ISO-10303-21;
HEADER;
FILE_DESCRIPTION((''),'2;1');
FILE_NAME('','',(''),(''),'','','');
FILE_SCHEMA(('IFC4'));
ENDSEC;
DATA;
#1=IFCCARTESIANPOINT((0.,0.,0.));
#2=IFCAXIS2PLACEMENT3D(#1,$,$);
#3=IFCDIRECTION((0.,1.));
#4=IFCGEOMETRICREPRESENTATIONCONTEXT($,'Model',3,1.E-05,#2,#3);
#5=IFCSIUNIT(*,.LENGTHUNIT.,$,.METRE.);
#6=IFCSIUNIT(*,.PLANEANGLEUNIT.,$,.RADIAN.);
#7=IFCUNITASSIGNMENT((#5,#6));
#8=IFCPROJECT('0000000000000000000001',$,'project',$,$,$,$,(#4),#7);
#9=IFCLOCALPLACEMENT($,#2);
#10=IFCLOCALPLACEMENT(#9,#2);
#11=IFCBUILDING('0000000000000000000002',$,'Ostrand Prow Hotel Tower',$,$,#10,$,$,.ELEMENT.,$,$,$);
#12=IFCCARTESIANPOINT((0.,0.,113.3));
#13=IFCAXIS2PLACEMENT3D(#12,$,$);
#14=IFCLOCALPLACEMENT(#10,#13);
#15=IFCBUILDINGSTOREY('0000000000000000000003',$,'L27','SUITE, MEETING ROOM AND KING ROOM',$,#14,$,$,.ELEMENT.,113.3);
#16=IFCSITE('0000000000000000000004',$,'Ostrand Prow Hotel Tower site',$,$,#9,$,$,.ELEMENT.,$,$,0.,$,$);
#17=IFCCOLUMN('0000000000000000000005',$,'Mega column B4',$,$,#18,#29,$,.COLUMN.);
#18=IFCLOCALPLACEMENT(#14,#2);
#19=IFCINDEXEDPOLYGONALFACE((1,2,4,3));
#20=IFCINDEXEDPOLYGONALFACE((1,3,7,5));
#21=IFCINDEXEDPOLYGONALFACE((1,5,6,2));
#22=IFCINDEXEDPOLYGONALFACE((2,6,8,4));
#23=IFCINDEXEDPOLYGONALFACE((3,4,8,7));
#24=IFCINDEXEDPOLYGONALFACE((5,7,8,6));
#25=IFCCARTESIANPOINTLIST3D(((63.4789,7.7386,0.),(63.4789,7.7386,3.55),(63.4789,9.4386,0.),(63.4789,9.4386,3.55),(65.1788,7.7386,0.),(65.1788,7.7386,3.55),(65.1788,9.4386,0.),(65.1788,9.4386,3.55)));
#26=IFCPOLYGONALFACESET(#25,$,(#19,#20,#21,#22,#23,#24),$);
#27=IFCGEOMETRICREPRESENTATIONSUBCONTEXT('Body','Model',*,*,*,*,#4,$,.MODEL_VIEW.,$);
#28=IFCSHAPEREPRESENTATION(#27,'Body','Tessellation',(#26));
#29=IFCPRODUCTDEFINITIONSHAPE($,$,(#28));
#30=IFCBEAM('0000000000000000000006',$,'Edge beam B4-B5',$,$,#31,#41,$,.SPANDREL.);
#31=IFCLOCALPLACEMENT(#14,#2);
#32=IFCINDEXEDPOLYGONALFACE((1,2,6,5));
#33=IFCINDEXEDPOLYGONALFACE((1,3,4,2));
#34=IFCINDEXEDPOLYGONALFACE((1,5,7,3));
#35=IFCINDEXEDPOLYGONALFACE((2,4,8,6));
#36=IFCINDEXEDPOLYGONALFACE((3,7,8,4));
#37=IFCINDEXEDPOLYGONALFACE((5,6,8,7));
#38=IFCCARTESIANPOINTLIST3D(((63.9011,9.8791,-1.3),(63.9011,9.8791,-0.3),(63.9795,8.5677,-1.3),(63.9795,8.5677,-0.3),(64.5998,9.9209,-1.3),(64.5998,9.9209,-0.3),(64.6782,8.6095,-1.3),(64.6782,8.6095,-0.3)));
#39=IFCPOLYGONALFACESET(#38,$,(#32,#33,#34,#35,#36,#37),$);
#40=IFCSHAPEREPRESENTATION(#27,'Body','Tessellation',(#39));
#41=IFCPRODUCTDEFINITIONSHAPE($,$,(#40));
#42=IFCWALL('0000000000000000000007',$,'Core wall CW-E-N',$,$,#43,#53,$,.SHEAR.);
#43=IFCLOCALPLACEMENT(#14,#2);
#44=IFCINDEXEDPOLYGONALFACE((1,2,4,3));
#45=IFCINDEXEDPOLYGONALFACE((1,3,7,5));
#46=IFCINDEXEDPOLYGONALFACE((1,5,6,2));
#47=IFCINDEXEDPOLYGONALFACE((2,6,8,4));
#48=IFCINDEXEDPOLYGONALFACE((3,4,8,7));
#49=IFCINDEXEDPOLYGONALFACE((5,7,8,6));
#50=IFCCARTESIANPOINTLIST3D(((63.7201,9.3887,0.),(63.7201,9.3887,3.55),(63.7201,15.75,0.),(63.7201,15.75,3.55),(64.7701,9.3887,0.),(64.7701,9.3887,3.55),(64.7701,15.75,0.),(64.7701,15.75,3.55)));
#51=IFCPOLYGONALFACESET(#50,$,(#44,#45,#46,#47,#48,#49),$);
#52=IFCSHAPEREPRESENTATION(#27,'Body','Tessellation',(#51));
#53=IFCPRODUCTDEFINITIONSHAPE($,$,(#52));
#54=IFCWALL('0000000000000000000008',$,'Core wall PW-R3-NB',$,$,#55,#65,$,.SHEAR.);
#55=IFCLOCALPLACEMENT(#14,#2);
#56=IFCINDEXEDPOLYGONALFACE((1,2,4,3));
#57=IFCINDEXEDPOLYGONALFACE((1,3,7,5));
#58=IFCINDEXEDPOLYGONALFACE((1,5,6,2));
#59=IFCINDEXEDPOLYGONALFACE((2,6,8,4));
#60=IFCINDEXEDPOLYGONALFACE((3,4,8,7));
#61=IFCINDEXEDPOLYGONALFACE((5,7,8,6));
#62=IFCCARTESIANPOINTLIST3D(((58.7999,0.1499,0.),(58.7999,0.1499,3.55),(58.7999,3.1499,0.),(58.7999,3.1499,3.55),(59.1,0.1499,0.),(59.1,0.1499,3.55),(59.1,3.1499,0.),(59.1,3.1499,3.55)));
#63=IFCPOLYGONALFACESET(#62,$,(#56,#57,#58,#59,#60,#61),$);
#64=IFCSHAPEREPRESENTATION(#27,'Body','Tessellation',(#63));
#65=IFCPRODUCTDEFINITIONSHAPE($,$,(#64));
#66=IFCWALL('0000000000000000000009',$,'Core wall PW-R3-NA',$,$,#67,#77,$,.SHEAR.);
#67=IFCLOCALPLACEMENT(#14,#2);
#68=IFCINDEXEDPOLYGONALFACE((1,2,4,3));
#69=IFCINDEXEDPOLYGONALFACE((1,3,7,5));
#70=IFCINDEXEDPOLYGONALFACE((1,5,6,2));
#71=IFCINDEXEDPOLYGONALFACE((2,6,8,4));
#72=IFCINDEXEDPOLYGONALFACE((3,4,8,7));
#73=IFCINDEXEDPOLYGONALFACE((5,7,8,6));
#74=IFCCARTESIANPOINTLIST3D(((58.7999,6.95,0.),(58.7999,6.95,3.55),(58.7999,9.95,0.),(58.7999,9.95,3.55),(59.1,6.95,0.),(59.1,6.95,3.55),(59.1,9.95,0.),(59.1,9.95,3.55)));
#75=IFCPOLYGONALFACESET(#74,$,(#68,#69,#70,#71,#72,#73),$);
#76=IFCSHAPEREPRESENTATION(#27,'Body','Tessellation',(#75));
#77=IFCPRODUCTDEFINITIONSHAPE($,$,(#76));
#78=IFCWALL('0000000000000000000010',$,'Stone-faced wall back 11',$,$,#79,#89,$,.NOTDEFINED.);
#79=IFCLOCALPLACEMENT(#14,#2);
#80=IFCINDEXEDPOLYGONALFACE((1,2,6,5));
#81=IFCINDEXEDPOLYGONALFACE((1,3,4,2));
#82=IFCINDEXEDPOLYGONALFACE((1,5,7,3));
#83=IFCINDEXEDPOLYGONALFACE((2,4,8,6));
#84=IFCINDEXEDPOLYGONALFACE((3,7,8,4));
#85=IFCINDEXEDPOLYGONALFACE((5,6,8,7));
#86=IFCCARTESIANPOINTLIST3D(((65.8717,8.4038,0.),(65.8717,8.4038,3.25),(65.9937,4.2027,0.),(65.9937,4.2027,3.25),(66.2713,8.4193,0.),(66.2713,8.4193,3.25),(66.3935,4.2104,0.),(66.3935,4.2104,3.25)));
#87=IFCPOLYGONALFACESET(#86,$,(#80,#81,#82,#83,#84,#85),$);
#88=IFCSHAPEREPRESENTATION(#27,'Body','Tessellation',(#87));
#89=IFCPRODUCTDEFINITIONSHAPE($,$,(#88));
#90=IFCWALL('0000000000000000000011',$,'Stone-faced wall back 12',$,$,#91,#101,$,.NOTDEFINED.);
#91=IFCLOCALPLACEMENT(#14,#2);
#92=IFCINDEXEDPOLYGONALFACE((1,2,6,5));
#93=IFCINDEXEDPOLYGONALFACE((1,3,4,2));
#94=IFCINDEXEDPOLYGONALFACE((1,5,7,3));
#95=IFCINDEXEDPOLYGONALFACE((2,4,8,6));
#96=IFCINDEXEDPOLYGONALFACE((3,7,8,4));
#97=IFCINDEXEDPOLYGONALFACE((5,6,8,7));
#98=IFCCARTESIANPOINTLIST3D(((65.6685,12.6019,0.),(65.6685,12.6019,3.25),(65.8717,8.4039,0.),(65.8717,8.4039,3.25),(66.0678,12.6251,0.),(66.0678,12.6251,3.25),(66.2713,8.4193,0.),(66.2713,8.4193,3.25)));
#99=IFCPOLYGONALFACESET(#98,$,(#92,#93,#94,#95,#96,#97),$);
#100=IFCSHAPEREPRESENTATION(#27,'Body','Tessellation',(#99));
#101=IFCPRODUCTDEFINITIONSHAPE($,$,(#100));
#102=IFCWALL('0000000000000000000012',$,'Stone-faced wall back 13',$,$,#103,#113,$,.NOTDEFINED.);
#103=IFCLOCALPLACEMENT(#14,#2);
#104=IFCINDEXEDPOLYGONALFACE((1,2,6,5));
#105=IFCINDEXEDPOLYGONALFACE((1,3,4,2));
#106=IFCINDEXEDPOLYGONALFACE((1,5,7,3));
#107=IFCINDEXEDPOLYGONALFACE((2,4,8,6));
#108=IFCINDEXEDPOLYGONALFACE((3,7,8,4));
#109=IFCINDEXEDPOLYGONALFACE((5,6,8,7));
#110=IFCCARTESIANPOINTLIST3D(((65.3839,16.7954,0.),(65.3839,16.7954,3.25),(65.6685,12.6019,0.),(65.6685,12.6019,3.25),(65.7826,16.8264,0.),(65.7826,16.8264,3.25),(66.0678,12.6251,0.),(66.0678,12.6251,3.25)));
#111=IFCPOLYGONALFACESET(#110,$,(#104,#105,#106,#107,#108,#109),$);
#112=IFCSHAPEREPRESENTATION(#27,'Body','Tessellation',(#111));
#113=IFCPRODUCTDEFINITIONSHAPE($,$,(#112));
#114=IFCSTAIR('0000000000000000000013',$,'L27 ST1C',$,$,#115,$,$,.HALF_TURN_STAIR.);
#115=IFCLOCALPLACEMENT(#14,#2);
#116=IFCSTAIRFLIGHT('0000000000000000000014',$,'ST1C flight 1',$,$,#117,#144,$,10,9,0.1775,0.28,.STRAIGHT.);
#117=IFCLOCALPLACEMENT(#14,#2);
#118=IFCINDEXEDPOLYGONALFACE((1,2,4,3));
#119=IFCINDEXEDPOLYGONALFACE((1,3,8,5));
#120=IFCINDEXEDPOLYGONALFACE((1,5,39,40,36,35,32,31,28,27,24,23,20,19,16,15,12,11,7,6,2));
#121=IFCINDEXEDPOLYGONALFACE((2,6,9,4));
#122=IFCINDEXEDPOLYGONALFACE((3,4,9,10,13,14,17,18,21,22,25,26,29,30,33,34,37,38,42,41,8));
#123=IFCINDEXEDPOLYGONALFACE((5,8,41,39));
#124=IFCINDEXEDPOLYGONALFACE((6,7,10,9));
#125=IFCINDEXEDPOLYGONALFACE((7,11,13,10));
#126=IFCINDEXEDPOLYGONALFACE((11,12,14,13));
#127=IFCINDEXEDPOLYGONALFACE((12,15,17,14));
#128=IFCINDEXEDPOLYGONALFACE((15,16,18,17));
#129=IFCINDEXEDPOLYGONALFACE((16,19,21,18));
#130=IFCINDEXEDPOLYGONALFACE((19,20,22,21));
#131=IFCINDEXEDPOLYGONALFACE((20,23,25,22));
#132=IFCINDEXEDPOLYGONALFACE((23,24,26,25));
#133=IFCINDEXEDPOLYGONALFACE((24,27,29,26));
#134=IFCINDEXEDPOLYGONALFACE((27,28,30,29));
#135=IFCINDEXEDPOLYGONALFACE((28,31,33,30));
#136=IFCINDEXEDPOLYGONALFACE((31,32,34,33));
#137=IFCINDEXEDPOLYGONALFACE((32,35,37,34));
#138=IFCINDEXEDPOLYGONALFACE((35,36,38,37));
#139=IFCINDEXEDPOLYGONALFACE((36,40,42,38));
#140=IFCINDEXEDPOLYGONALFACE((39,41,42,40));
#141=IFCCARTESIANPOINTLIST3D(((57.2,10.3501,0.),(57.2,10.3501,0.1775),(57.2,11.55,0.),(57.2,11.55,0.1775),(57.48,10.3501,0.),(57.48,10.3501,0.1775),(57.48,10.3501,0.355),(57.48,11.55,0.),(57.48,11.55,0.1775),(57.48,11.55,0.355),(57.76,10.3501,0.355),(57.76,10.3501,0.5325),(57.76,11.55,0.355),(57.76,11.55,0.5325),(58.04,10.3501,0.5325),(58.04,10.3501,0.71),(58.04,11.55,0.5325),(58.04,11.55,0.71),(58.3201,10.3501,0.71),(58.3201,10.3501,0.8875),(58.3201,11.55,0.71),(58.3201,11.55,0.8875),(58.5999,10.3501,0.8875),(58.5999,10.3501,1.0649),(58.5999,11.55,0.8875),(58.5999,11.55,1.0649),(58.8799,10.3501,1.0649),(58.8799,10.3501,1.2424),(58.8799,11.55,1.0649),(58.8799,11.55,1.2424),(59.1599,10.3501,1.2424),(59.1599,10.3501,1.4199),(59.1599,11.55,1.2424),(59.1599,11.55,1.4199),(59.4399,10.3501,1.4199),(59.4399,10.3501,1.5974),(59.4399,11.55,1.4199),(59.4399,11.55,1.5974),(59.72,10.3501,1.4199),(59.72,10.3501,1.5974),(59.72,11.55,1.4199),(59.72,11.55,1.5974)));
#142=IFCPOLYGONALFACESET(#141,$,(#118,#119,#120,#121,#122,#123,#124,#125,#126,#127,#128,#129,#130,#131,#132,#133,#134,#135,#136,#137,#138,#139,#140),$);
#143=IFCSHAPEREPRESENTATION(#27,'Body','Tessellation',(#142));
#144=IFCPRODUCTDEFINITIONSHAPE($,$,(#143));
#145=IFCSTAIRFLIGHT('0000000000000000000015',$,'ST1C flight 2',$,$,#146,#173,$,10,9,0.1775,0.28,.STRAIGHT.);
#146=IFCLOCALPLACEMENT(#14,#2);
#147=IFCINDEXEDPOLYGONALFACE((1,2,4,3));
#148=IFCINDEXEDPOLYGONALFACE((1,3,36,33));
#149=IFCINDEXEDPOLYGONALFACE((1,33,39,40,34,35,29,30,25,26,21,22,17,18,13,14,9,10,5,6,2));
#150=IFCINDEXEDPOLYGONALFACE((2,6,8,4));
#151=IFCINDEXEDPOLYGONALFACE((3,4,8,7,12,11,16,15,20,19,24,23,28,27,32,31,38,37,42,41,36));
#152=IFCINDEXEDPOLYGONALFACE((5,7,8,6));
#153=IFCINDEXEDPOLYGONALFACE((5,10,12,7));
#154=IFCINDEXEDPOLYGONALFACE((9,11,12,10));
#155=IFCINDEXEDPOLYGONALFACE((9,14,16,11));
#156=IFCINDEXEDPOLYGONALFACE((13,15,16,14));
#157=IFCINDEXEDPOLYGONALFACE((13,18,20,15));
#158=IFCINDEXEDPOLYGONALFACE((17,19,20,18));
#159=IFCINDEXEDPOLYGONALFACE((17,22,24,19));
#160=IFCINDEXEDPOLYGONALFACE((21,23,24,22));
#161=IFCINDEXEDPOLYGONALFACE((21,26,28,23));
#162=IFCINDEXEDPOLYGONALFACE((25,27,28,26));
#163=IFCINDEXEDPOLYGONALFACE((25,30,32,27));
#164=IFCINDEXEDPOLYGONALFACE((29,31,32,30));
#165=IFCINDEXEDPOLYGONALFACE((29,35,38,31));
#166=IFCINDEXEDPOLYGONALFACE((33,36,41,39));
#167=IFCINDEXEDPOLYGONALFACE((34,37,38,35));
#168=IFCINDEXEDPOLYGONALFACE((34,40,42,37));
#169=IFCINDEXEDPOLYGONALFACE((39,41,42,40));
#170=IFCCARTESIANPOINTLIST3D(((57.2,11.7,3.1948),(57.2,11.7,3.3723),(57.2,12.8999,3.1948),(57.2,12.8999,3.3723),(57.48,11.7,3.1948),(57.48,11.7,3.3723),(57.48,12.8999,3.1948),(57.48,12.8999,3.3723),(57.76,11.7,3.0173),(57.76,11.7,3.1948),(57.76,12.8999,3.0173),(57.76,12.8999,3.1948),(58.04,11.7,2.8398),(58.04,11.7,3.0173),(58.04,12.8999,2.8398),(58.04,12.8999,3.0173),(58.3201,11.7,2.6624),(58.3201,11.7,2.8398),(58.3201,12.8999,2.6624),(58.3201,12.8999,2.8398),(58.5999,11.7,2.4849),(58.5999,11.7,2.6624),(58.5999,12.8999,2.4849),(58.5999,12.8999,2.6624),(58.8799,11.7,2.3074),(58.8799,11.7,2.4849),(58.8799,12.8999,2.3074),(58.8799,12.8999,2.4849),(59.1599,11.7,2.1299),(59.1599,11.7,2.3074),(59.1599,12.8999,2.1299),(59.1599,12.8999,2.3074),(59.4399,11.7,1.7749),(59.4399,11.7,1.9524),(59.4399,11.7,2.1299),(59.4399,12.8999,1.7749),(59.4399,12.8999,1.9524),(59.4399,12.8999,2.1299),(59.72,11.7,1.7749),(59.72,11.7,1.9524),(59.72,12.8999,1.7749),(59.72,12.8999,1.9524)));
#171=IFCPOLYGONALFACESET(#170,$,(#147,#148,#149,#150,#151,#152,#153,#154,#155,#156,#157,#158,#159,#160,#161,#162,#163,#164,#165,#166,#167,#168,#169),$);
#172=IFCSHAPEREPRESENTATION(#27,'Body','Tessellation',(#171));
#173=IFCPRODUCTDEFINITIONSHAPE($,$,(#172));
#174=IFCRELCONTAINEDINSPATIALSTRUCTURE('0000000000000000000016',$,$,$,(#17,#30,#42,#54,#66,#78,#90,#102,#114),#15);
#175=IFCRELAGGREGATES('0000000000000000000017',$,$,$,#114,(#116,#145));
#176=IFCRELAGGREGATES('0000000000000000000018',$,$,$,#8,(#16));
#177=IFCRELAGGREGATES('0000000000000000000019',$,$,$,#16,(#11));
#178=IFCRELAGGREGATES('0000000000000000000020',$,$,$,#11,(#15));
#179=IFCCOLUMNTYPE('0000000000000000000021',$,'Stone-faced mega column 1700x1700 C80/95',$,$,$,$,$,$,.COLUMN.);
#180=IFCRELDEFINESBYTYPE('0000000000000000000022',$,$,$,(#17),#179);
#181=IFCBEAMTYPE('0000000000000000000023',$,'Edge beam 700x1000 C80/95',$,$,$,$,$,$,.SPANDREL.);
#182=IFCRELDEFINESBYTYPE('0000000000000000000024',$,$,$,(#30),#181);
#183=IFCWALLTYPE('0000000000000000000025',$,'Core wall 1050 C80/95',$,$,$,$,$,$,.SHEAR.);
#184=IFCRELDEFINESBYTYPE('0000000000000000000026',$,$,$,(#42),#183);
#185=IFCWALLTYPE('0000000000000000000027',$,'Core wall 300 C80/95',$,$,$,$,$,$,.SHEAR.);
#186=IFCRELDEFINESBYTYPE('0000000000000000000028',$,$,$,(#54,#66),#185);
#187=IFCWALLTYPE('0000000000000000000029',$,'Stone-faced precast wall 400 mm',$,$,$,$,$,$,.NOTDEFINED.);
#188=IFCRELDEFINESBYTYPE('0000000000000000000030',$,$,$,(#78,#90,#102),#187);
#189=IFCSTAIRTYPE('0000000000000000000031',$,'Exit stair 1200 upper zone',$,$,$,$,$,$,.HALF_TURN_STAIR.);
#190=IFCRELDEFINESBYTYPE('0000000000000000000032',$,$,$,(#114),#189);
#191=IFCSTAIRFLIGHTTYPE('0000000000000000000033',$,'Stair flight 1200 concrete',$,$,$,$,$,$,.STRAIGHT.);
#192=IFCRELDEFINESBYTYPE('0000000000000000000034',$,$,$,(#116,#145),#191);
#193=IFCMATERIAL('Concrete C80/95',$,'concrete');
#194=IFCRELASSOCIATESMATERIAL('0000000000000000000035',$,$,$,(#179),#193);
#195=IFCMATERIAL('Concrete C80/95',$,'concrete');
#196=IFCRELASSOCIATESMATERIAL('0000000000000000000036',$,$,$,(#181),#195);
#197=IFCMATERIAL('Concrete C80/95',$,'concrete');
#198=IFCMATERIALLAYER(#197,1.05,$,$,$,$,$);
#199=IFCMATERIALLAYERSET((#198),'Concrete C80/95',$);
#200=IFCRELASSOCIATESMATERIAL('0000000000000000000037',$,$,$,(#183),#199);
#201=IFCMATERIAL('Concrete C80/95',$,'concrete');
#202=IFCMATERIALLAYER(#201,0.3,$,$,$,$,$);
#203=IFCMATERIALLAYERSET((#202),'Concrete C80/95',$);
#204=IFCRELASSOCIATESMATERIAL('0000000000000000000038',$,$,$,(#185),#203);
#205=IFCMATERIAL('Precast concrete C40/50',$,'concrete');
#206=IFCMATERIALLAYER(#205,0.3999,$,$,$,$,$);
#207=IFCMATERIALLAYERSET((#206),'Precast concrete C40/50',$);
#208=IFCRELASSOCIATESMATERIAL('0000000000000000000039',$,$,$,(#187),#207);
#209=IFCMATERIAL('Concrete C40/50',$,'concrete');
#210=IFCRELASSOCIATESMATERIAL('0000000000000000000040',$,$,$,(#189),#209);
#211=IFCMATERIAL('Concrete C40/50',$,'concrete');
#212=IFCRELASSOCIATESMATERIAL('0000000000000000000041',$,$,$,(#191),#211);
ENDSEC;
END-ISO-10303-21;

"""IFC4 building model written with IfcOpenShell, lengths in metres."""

from ifc_helpers import new_model, si_unit, direction, frame, frame_2d, origin, origin_2d, place, context, subcontext, project, spatial, polyline, rectangle, outline, extrude, material, layer, layer_set, material_profile, profile_set, type_object, element, aggregate, save


model = new_model("IFC4")

# Units and contexts
model_context = context("Model", 3, precision=1e-05, world=origin(), true_north=direction((0.0, 1.0)))
body_context = subcontext(model_context, "Body", "Model", "MODEL_VIEW")
ifc_project = project(units=[si_unit("LENGTHUNIT", "METRE"), si_unit("PLANEANGLEUNIT", "RADIAN")], contexts=[model_context])

# Site, building, storey
site_placement = place(None, origin())
site = spatial("IfcSite", under=ifc_project, at=site_placement, Name="Ostrand Prow Hotel Tower site", CompositionType="ELEMENT", RefElevation=0.0)
building_placement = place(site_placement, origin())
building = spatial("IfcBuilding", under=site, at=building_placement, Name="Ostrand Prow Hotel Tower", CompositionType="ELEMENT")
storey_placement = place(building_placement, frame((0.0, 0.0, 113.3)))
storey = spatial("IfcBuildingStorey", under=building, at=storey_placement, Name="L27", Description="SUITE, MEETING ROOM AND KING ROOM", CompositionType="ELEMENT", Elevation=113.3)

# Column
ifc_material_1 = material(Name="Concrete C80/95", Category="concrete")
ifc_material_profile_1 = material_profile(ifc_material_1, rectangle(XDim=1.7, YDim=1.7, at=origin_2d()), Name="RC 1700x1700")
ifc_profile_set_1 = profile_set([ifc_material_profile_1], Name="Concrete C80/95")
column_type = type_object("IfcColumnType", Name="Stone-faced mega column 1700x1700 C80/95", PredefinedType="COLUMN", material=ifc_profile_set_1)
column_placement = place(storey_placement, frame((64.3289, 8.5886, 0.0), z_axis=(0.0, 0.0, 1.0), x_axis=(1.0, 0.0, 0.0)))
element("IfcColumn", 1, at=column_placement, inside=storey, type_object=column_type, Name="Mega column B4", PredefinedType="COLUMN", context=body_context, shape_type="SweptSolid", body=[
    extrude(rectangle(XDim=1.7, YDim=1.7, at=origin_2d()), origin(), (0.0, 0.0, 1.0), 3.55),
])

# Beam
ifc_material_2 = material(Name="Concrete C80/95", Category="concrete")
ifc_material_profile_2 = material_profile(ifc_material_2, rectangle(XDim=0.7, YDim=1.0, at=origin_2d()), Name="RC 700x1000")
ifc_profile_set_2 = profile_set([ifc_material_profile_2], Name="Concrete C80/95")
beam_type = type_object("IfcBeamType", Name="Edge beam 700x1000 C80/95", PredefinedType="SPANDREL", material=ifc_profile_set_2)
beam_placement = place(storey_placement, frame((64.3289, 8.5886, -0.8), z_axis=(-0.059659, 0.998219, 0.0), x_axis=(-0.998219, -0.059659, 0.0)))
element("IfcBeam", 2, at=beam_placement, inside=storey, type_object=beam_type, Name="Edge beam B4-B5", PredefinedType="SPANDREL", context=body_context, shape_type="SweptSolid", body=[
    extrude(rectangle(XDim=0.7, YDim=1.0, at=origin_2d()), origin(), (0.0, 0.0, 1.0), 1.3137),
])

# Walls
ifc_material_3 = material(Name="Concrete C80/95", Category="concrete")
ifc_layer_1 = layer(ifc_material_3, 1.05)
ifc_layer_set_1 = layer_set([ifc_layer_1], Name="Concrete C80/95")
wall_type_1 = type_object("IfcWallType", Name="Core wall 1050 C80/95", PredefinedType="SHEAR", material=ifc_layer_set_1)
wall_1_placement = place(storey_placement, frame((64.2451, 9.3887, 0.0), z_axis=(0.0, 0.0, 1.0), x_axis=(0.0, 1.0, 0.0)))
element("IfcWall", 3, at=wall_1_placement, inside=storey, type_object=wall_type_1, Name="Core wall CW-E-N", PredefinedType="SHEAR", context=body_context, shape_type="SweptSolid", body=[
    extrude(rectangle(XDim=6.3613, YDim=1.05, at=frame_2d((3.1807, 0.0))), origin(), (0.0, 0.0, 1.0), 3.55),
])
ifc_material_4 = material(Name="Concrete C80/95", Category="concrete")
ifc_layer_2 = layer(ifc_material_4, 0.3)
ifc_layer_set_2 = layer_set([ifc_layer_2], Name="Concrete C80/95")
wall_type_2 = type_object("IfcWallType", Name="Core wall 300 C80/95", PredefinedType="SHEAR", material=ifc_layer_set_2)
for number, where, z_axis, x_axis, name in (
    (4, (58.95, 0.1499, 0.0), (0.0, 0.0, 1.0), (0.0, 1.0, 0.0), "Core wall PW-R3-NB"),
    (5, (58.95, 6.95, 0.0), (0.0, 0.0, 1.0), (0.0, 1.0, 0.0), "Core wall PW-R3-NA"),
):
    element("IfcWall", number, at=place(storey_placement, frame(where, z_axis=z_axis, x_axis=x_axis)), inside=storey, type_object=wall_type_2, Name=name, PredefinedType="SHEAR", context=body_context, shape_type="SweptSolid", body=[
        extrude(rectangle(XDim=3.0, YDim=0.3, at=frame_2d((1.5, 0.0))), origin(), (0.0, 0.0, 1.0), 3.55),
    ])
ifc_material_5 = material(Name="Precast concrete C40/50", Category="concrete")
ifc_layer_3 = layer(ifc_material_5, 0.3999)
ifc_layer_set_3 = layer_set([ifc_layer_3], Name="Precast concrete C40/50")
wall_type_3 = type_object("IfcWallType", Name="Stone-faced precast wall 400 mm", PredefinedType="NOTDEFINED", material=ifc_layer_set_3)
for number, where, z_axis, x_axis, name in (
    (6, (66.1936, 4.2065, 0.0), (0.0, 0.0, 1.0), (-0.029017, 0.999579, 0.0), "Stone-faced wall back 11"),
    (7, (66.0715, 8.4116, 0.0), (0.0, 0.0, 1.0), (-0.048343, 0.998831, 0.0), "Stone-faced wall back 12"),
):
    element("IfcWall", number, at=place(storey_placement, frame(where, z_axis=z_axis, x_axis=x_axis)), inside=storey, type_object=wall_type_3, Name=name, PredefinedType="NOTDEFINED", context=body_context, shape_type="SweptSolid", body=[
        extrude(outline(polyline([(-0.002, -0.2), (4.2087, -0.2), (4.2048, 0.2), (0.002, 0.2), (-0.002, -0.2)])), origin(), (0.0, 0.0, 1.0), 3.25),
    ])
wall_2_placement = place(storey_placement, frame((65.8682, 12.6135, 0.0), z_axis=(0.0, 0.0, 1.0), x_axis=(-0.067725, 0.997704, 0.0)))
element("IfcWall", 8, at=wall_2_placement, inside=storey, type_object=wall_type_3, Name="Stone-faced wall back 13", PredefinedType="NOTDEFINED", context=body_context, shape_type="SweptSolid", body=[
    extrude(outline(polyline([(-0.002, -0.2), (4.209, -0.2), (4.2051, 0.2), (0.002, 0.2), (-0.002, -0.2)])), origin(), (0.0, 0.0, 1.0), 3.25),
])

# Stair, stair flights
ifc_material_6 = material(Name="Concrete C40/50", Category="concrete")
stair_type = type_object("IfcStairType", Name="Exit stair 1200 upper zone", PredefinedType="HALF_TURN_STAIR", material=ifc_material_6)
stair_1_placement = place(storey_placement, origin())
stair_1 = element("IfcStair", 9, at=stair_1_placement, inside=storey, type_object=stair_type, Name="L27 ST1C", PredefinedType="HALF_TURN_STAIR")
ifc_material_7 = material(Name="Concrete C40/50", Category="concrete")
stair_flight_type = type_object("IfcStairFlightType", Name="Stair flight 1200 concrete", PredefinedType="STRAIGHT", material=ifc_material_7)
stair_flight_1_placement = place(storey_placement, frame((57.2, 10.95, 0.0), z_axis=(0.0, 0.0, 1.0), x_axis=(1.0, 0.0, 0.0)))
stair_flight_1 = element("IfcStairFlight", 10, at=stair_flight_1_placement, type_object=stair_flight_type, Name="ST1C flight 1", NumberOfRisers=10, NumberOfTreads=9, PredefinedType="STRAIGHT", RiserHeight=0.1775, TreadLength=0.28, context=body_context, shape_type="SweptSolid", body=[
    extrude(outline(polyline([(0.0, 0.0), (0.0, 0.1775), (0.28, 0.1775), (0.28, 0.355), (0.5601, 0.355), (0.5601, 0.5325), (0.8401, 0.5325), (0.8401, 0.71), (1.1201, 0.71), (1.1201, 0.8875), (1.3999, 0.8875), (1.3999, 1.0649), (1.6799, 1.0649), (1.6799, 1.2424), (1.96, 1.2424), (1.96, 1.4199), (2.24, 1.4199), (2.24, 1.5974), (2.52, 1.5974), (2.52, 1.7749), (2.52, 1.4199), (0.28, 0.0), (0.0, 0.0)])), frame((0.0, 0.6001, 0.0), z_axis=(0.0, -1.0, 0.0), x_axis=(1.0, 0.0, 0.0)), (0.0, 0.0, 1.0), 1.2),
])
stair_flight_2_placement = place(storey_placement, frame((59.72, 12.3, 1.7749), z_axis=(0.0, 0.0, 1.0), x_axis=(-1.0, 0.0, 0.0)))
stair_flight_2 = element("IfcStairFlight", 11, at=stair_flight_2_placement, type_object=stair_flight_type, Name="ST1C flight 2", NumberOfRisers=10, NumberOfTreads=9, PredefinedType="STRAIGHT", RiserHeight=0.1775, TreadLength=0.28, context=body_context, shape_type="SweptSolid", body=[
    extrude(outline(polyline([(0.0, 0.0), (0.0, 0.1775), (0.28, 0.1775), (0.28, 0.355), (0.5601, 0.355), (0.5601, 0.5325), (0.8401, 0.5325), (0.8401, 0.71), (1.1201, 0.71), (1.1201, 0.8875), (1.3999, 0.8875), (1.3999, 1.0649), (1.6799, 1.0649), (1.6799, 1.2424), (1.96, 1.2424), (1.96, 1.4199), (2.24, 1.4199), (2.24, 1.5974), (2.52, 1.5974), (2.52, 1.7749), (2.52, 1.4199), (0.28, 0.0), (0.0, 0.0)])), frame((0.0, 0.6001, 0.0), z_axis=(0.0, -1.0, 0.0), x_axis=(1.0, 0.0, 0.0)), (0.0, 0.0, 1.0), 1.2),
])
aggregate(stair_1, [stair_flight_1, stair_flight_2])

save(model, "model.ifc")
